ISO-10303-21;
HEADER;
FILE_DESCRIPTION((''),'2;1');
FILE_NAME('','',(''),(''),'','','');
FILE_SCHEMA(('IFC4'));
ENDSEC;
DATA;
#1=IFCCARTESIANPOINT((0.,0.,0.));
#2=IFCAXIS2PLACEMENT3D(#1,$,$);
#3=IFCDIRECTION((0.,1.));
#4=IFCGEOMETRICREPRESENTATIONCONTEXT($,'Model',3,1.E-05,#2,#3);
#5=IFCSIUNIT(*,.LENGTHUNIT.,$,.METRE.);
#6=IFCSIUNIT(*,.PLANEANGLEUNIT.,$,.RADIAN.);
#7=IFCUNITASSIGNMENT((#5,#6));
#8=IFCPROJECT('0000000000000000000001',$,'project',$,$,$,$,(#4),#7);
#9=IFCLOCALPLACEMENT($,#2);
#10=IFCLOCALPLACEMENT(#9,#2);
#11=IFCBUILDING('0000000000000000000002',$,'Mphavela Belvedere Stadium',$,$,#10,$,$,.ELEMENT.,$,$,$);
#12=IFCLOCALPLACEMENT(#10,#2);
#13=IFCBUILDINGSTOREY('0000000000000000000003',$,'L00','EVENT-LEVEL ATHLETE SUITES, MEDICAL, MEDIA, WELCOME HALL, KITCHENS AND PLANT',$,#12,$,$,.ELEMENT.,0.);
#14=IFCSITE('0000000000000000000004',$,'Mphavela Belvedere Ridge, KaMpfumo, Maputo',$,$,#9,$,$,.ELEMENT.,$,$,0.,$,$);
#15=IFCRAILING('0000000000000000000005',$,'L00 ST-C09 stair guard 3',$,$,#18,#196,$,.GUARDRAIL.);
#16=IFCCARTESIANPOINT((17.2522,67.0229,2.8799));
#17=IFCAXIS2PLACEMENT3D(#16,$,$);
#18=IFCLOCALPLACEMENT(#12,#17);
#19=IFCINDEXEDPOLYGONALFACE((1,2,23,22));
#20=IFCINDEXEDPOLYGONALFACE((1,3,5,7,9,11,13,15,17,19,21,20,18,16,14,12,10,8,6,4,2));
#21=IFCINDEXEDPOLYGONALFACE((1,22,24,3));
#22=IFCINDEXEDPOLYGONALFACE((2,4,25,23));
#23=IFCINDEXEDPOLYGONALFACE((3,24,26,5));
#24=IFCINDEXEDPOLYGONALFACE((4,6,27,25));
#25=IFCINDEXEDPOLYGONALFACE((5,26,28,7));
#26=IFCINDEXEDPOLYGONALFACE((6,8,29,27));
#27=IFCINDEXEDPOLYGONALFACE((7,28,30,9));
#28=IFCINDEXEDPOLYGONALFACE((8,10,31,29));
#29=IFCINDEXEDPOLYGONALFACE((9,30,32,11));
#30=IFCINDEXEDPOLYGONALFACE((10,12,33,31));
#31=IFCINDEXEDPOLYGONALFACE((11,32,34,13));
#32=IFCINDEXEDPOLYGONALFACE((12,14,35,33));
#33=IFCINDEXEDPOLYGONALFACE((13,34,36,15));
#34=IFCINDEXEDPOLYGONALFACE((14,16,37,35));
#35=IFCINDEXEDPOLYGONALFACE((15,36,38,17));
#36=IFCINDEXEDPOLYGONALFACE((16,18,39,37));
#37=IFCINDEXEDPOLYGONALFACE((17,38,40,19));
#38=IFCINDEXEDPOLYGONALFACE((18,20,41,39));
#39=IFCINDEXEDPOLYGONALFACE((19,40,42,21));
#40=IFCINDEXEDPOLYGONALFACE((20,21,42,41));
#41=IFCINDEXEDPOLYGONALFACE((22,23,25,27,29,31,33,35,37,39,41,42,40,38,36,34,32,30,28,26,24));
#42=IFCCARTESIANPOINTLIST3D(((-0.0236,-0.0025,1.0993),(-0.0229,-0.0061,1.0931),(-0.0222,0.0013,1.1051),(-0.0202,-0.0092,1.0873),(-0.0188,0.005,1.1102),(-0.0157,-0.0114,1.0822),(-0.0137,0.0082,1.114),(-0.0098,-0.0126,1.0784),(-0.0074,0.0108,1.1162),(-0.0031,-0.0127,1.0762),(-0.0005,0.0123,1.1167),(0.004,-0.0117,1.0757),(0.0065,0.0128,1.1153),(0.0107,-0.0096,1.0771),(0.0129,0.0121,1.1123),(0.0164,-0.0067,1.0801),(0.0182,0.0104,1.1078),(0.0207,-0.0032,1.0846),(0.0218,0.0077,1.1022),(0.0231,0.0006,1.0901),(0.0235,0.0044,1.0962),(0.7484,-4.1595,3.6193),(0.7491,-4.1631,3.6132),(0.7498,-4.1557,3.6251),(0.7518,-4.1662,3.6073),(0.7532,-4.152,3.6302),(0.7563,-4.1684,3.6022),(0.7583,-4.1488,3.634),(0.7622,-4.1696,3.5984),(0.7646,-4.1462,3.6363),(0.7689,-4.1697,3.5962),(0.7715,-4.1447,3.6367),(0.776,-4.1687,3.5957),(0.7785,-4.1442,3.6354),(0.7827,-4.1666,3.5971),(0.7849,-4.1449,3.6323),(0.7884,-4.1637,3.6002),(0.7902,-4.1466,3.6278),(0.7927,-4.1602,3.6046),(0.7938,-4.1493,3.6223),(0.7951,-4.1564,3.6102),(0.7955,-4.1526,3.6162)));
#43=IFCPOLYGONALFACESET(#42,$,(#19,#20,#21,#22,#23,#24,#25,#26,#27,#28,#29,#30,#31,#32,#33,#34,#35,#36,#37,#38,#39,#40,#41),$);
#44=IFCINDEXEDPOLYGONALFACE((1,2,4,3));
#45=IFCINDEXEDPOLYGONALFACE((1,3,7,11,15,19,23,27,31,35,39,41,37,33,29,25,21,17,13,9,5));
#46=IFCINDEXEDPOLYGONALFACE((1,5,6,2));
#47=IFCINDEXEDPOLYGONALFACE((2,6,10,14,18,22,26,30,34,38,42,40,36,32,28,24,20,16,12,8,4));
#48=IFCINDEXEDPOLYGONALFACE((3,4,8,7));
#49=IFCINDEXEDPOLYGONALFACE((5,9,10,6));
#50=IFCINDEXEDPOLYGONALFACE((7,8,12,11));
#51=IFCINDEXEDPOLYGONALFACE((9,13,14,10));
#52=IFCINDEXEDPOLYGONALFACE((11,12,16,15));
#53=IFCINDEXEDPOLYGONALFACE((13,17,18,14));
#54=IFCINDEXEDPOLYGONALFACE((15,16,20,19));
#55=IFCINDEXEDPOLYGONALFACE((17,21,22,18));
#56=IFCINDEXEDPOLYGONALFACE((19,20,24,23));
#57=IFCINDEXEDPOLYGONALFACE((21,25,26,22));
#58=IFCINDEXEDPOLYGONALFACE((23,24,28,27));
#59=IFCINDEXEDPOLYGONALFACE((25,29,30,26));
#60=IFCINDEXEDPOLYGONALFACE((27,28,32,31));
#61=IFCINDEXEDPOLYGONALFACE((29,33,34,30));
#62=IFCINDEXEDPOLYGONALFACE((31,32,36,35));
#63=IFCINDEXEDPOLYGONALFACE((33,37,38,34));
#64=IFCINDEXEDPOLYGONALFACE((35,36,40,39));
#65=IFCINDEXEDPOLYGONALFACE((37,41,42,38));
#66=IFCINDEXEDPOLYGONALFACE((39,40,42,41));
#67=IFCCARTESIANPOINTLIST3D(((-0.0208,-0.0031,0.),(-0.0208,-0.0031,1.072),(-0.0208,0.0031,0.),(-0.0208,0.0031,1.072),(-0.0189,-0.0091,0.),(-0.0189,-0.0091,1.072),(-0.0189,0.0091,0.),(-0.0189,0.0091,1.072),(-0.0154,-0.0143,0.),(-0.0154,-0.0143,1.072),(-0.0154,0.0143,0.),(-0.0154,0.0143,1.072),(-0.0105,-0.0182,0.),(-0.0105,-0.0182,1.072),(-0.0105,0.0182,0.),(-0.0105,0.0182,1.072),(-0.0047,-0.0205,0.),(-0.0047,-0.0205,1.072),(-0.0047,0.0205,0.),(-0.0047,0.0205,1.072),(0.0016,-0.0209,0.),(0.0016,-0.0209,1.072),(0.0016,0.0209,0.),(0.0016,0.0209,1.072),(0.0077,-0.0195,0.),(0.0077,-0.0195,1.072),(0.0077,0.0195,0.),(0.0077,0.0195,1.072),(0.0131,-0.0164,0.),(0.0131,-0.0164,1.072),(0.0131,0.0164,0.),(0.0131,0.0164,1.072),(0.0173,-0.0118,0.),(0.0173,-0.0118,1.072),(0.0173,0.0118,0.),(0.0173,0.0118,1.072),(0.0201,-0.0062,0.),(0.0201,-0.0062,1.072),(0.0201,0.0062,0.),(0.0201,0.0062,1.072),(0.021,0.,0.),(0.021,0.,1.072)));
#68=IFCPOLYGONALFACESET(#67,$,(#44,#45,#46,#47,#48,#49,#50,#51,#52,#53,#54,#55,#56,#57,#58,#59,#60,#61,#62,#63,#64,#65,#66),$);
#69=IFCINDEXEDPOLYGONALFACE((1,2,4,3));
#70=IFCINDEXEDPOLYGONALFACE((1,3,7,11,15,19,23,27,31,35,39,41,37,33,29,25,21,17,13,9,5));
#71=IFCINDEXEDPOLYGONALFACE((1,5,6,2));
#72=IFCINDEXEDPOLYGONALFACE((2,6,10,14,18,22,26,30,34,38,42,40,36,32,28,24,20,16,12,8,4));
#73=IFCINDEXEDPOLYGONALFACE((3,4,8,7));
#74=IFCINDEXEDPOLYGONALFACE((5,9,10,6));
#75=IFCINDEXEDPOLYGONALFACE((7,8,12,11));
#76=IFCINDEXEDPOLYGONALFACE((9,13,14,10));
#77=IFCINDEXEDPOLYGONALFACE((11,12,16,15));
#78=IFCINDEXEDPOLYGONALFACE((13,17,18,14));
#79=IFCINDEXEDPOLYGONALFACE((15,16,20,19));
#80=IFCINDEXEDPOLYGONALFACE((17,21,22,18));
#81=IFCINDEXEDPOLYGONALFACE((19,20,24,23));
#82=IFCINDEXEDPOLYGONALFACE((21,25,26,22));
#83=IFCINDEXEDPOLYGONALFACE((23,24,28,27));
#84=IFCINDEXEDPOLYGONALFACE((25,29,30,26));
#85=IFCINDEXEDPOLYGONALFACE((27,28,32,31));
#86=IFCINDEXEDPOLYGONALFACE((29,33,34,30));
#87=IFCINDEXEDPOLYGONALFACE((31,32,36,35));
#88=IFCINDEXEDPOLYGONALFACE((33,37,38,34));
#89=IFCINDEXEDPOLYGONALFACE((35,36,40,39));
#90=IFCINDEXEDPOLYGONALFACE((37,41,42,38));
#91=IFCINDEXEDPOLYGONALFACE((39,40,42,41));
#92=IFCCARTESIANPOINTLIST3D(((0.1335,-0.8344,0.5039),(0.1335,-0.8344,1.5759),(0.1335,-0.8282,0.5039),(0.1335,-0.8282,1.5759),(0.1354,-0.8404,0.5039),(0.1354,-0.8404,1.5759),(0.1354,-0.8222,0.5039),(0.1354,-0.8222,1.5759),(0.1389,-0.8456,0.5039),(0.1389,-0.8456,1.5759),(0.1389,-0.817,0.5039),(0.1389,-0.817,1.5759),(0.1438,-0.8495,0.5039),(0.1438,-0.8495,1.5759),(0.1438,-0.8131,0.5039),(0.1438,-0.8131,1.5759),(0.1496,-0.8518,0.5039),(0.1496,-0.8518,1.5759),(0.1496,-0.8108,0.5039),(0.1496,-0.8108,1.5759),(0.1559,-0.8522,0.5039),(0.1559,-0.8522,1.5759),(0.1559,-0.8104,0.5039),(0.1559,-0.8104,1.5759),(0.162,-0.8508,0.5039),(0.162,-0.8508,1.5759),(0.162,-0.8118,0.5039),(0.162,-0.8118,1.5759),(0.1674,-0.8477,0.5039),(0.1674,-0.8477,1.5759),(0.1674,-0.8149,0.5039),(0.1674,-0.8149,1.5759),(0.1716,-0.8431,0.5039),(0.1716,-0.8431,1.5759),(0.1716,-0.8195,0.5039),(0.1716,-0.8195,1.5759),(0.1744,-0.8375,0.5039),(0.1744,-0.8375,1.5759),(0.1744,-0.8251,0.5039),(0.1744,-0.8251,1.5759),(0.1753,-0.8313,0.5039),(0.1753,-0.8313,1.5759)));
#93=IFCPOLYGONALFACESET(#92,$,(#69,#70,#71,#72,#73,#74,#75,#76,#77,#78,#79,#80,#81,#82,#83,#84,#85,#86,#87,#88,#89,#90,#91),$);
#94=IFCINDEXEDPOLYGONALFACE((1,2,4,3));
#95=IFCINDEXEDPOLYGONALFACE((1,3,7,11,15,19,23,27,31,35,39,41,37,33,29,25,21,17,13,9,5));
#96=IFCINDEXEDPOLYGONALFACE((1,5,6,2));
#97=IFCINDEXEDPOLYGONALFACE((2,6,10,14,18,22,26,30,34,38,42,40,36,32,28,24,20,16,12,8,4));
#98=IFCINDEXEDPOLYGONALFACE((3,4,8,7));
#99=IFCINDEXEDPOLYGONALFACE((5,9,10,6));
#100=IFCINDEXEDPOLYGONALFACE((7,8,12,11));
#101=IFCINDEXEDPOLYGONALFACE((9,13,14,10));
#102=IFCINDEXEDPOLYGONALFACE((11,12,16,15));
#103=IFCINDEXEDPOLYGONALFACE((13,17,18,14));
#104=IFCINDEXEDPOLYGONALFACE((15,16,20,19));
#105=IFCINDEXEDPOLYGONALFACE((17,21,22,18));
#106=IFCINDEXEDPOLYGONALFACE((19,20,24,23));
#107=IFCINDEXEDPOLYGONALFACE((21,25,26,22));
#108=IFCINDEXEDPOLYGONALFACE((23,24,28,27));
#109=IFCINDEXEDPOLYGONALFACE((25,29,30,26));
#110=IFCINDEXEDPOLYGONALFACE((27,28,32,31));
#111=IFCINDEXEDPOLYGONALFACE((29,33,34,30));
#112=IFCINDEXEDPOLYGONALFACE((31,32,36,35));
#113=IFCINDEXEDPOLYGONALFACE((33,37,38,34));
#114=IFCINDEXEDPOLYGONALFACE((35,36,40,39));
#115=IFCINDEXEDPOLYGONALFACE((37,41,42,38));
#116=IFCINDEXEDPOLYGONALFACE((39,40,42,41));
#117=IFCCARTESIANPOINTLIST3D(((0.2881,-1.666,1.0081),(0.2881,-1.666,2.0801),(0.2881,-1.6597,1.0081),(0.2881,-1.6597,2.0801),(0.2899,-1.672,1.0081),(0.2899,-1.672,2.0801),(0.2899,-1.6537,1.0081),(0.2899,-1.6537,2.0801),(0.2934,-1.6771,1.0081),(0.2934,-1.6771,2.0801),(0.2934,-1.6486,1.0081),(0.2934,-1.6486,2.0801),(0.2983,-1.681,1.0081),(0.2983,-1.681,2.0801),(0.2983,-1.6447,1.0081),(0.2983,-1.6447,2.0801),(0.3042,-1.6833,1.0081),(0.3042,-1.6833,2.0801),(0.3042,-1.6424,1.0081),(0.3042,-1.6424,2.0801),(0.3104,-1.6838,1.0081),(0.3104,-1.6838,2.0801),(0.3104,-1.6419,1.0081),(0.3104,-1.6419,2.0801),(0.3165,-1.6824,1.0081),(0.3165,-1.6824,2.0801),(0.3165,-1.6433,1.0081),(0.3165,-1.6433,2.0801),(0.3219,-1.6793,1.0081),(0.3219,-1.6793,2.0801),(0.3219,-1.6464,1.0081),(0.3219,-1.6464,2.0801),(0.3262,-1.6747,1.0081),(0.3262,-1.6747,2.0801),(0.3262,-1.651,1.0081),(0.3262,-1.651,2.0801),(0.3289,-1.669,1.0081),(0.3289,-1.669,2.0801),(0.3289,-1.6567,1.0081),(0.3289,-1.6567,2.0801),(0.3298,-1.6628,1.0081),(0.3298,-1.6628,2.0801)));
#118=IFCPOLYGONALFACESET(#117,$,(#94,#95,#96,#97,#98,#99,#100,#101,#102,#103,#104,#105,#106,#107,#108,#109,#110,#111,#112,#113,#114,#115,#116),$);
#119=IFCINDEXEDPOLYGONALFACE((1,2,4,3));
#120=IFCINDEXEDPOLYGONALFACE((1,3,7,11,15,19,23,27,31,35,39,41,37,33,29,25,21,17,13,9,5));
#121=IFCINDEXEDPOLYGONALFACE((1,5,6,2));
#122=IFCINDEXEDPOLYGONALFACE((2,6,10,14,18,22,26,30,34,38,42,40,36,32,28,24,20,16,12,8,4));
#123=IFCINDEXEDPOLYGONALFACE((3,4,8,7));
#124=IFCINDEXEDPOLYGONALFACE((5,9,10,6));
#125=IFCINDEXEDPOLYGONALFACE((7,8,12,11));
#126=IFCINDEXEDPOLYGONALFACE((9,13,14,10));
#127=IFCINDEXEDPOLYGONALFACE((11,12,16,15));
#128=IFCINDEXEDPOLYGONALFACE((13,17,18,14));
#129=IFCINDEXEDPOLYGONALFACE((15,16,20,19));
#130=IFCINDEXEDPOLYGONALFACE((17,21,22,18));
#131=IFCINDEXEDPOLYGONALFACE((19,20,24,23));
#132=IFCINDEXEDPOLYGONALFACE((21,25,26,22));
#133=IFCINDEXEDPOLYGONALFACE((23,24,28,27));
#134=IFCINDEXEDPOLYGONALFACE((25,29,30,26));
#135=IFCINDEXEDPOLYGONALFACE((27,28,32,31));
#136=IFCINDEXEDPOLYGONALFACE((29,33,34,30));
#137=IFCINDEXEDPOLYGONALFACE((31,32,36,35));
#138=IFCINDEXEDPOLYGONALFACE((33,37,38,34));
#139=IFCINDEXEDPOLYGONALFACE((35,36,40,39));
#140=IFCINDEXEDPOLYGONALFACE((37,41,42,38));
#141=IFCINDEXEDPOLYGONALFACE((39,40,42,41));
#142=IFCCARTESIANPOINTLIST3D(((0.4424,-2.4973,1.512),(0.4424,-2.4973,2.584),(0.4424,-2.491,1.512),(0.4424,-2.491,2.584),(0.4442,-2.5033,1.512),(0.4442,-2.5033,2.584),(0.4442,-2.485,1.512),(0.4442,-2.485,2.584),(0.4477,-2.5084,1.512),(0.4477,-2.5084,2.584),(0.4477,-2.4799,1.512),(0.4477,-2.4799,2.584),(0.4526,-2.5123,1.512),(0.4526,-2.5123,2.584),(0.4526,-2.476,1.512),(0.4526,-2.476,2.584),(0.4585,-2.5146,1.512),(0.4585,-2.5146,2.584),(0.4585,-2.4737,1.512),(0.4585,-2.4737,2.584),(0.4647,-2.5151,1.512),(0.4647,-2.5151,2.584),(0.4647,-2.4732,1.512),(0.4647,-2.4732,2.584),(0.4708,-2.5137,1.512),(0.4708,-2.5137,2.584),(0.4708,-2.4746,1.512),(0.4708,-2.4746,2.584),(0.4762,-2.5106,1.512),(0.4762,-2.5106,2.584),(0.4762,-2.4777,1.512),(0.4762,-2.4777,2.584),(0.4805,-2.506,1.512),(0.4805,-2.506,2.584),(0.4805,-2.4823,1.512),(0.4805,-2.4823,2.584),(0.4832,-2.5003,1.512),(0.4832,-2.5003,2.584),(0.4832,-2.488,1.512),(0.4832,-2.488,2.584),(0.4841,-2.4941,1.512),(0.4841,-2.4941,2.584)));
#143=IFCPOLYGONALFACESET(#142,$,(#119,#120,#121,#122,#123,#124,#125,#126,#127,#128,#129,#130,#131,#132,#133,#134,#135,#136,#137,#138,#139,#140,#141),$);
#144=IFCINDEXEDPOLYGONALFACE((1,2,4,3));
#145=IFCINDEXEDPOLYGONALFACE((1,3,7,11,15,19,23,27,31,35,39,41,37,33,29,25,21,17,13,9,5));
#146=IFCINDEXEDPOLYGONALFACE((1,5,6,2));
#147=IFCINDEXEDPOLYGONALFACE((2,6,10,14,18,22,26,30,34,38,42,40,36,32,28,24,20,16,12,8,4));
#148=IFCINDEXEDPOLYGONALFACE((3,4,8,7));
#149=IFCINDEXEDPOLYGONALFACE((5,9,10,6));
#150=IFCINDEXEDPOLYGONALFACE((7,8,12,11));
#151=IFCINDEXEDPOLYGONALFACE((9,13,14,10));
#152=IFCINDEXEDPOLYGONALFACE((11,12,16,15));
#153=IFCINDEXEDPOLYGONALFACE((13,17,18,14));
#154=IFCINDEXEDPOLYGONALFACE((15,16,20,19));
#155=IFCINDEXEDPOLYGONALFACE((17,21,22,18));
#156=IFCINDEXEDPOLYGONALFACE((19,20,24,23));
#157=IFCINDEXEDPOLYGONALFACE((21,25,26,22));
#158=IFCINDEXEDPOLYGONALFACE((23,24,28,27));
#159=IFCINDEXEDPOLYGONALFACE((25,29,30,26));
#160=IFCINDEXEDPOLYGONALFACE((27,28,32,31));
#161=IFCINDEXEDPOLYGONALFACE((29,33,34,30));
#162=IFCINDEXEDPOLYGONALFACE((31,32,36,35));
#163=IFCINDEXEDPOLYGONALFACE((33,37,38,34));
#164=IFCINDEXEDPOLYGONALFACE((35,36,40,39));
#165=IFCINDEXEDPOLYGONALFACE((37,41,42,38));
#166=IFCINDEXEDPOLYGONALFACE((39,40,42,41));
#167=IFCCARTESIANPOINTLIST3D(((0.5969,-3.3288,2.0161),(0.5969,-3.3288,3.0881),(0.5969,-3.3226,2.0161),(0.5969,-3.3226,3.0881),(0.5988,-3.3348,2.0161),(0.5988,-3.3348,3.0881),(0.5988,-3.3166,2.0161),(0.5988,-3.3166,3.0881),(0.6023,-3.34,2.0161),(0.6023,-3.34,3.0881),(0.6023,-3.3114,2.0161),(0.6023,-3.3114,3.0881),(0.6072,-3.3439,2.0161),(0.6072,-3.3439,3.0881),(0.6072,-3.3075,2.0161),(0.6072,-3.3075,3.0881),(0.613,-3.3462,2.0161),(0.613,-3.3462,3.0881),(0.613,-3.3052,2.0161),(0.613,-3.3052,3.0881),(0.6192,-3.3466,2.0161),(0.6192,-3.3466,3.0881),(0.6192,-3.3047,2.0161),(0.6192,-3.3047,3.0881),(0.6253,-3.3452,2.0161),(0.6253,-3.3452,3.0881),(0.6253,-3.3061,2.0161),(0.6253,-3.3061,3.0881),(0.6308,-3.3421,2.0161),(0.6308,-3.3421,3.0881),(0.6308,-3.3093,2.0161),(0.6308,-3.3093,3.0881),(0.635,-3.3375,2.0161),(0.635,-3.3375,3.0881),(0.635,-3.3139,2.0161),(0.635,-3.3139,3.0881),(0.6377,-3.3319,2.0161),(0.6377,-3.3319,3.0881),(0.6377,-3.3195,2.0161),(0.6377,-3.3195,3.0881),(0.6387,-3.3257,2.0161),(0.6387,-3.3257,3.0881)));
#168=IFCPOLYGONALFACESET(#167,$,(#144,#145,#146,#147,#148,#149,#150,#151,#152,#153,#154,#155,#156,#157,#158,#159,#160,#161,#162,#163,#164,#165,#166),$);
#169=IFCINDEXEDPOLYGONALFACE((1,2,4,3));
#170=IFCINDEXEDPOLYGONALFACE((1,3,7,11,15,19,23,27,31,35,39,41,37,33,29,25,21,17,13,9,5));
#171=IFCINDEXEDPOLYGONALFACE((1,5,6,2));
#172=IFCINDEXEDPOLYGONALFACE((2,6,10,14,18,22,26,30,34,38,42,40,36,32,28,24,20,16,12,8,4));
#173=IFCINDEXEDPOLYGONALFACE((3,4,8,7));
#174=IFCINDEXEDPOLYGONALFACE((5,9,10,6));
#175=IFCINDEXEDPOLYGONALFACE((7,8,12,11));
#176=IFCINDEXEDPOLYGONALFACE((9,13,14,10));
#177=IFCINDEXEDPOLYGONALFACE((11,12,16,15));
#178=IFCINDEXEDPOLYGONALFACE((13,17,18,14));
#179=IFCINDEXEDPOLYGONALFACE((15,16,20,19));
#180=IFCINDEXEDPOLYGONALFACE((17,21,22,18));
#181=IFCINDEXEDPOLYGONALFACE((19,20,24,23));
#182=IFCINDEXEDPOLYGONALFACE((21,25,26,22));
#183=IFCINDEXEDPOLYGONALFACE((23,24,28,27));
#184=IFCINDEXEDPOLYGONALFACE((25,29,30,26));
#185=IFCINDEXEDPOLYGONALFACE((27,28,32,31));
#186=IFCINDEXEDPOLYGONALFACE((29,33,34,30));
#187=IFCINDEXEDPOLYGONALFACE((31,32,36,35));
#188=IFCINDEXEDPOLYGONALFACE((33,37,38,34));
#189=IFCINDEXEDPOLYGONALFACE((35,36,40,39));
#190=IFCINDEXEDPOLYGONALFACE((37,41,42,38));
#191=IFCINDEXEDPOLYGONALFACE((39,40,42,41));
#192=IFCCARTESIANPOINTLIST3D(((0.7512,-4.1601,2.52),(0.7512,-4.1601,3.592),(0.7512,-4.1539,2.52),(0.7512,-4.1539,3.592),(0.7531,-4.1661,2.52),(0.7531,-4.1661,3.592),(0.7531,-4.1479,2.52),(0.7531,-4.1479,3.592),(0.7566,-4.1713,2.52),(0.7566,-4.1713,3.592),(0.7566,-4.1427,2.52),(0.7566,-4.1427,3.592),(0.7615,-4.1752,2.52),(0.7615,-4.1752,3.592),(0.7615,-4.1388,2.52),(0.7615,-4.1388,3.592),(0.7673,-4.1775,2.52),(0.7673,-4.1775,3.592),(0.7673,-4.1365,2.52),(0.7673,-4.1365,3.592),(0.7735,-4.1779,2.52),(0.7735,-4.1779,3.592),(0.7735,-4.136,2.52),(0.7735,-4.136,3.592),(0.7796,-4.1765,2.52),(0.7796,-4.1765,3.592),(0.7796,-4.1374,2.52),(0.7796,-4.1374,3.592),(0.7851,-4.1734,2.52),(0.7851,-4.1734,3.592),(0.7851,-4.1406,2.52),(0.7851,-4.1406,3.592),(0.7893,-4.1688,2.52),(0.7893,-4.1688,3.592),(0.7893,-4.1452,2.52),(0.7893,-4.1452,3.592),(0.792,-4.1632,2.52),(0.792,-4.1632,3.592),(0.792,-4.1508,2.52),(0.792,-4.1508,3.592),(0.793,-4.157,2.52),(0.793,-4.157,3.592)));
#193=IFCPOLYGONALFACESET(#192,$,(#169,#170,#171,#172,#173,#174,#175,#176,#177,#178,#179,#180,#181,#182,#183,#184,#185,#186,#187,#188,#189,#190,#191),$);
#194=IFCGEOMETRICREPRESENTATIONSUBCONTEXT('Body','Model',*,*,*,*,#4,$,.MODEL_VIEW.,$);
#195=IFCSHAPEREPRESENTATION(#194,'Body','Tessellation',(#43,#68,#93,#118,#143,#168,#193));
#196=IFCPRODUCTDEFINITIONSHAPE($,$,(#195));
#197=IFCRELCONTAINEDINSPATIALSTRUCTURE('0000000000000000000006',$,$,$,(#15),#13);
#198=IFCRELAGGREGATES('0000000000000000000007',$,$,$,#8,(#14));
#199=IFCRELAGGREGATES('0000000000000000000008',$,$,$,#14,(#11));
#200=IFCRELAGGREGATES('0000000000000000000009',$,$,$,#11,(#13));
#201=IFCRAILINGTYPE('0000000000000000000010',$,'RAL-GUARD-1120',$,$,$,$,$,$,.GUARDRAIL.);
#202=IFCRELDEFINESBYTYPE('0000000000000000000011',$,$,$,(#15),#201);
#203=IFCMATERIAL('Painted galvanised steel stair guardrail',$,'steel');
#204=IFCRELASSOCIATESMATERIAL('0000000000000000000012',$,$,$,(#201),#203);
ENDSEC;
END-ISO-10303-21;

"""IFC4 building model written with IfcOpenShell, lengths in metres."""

from ifc_helpers import new_model, si_unit, direction, frame, origin, origin_2d, place, context, subcontext, project, spatial, circle, extrude, material, type_object, element, save


model = new_model("IFC4")

# Units and contexts
model_context = context("Model", 3, precision=1e-05, world=origin(), true_north=direction((0.0, 1.0)))
body_context = subcontext(model_context, "Body", "Model", "MODEL_VIEW")
ifc_project = project(units=[si_unit("LENGTHUNIT", "METRE"), si_unit("PLANEANGLEUNIT", "RADIAN")], contexts=[model_context])

# Site, building, storey
site_placement = place(None, origin())
site = spatial("IfcSite", under=ifc_project, at=site_placement, Name="Mphavela Belvedere Ridge, KaMpfumo, Maputo", CompositionType="ELEMENT", RefElevation=0.0)
building_placement = place(site_placement, origin())
building = spatial("IfcBuilding", under=site, at=building_placement, Name="Mphavela Belvedere Stadium", CompositionType="ELEMENT")
storey_placement = place(building_placement, origin())
storey = spatial("IfcBuildingStorey", under=building, at=storey_placement, Name="L00", Description="EVENT-LEVEL ATHLETE SUITES, MEDICAL, MEDIA, WELCOME HALL, KITCHENS AND PLANT", CompositionType="ELEMENT", Elevation=0.0)

# Railing
ifc_material_1 = material(Name="Painted galvanised steel stair guardrail", Category="steel")
railing_type_1 = type_object("IfcRailingType", Name="RAL-GUARD-1120", PredefinedType="GUARDRAIL", material=ifc_material_1)
railing_1_placement = place(storey_placement, frame((17.2522, 67.0229, 2.8799)))
element("IfcRailing", 1, at=railing_1_placement, inside=storey, type_object=railing_type_1, Name="L00 ST-C09 stair guard 3", PredefinedType="GUARDRAIL", context=body_context, shape_type="SweptSolid", body=[
    extrude(circle(Radius=0.0239, at=origin_2d()), frame((0.0, 0.0, 1.0962), z_axis=(0.156838, -0.844557, 0.511982), x_axis=(0.98319, 0.182583, 0.0)), (0.0, 0.0, 1.0), 4.9221),
    extrude(circle(Radius=0.021, at=origin_2d()), origin(), (0.0, 0.0, 1.0), 1.072),
    extrude(circle(Radius=0.021, at=origin_2d()), frame((0.1543, -0.8313, 0.5039)), (0.0, 0.0, 1.0), 1.072),
    extrude(circle(Radius=0.021, at=origin_2d()), frame((0.3088, -1.6628, 1.0081)), (0.0, 0.0, 1.0), 1.072),
    extrude(circle(Radius=0.021, at=origin_2d()), frame((0.4631, -2.4941, 1.512)), (0.0, 0.0, 1.0), 1.072),
    extrude(circle(Radius=0.021, at=origin_2d()), frame((0.6177, -3.3257, 2.0161)), (0.0, 0.0, 1.0), 1.072),
    extrude(circle(Radius=0.021, at=origin_2d()), frame((0.772, -4.157, 2.52)), (0.0, 0.0, 1.0), 1.072),
])

save(model, "model.ifc")
